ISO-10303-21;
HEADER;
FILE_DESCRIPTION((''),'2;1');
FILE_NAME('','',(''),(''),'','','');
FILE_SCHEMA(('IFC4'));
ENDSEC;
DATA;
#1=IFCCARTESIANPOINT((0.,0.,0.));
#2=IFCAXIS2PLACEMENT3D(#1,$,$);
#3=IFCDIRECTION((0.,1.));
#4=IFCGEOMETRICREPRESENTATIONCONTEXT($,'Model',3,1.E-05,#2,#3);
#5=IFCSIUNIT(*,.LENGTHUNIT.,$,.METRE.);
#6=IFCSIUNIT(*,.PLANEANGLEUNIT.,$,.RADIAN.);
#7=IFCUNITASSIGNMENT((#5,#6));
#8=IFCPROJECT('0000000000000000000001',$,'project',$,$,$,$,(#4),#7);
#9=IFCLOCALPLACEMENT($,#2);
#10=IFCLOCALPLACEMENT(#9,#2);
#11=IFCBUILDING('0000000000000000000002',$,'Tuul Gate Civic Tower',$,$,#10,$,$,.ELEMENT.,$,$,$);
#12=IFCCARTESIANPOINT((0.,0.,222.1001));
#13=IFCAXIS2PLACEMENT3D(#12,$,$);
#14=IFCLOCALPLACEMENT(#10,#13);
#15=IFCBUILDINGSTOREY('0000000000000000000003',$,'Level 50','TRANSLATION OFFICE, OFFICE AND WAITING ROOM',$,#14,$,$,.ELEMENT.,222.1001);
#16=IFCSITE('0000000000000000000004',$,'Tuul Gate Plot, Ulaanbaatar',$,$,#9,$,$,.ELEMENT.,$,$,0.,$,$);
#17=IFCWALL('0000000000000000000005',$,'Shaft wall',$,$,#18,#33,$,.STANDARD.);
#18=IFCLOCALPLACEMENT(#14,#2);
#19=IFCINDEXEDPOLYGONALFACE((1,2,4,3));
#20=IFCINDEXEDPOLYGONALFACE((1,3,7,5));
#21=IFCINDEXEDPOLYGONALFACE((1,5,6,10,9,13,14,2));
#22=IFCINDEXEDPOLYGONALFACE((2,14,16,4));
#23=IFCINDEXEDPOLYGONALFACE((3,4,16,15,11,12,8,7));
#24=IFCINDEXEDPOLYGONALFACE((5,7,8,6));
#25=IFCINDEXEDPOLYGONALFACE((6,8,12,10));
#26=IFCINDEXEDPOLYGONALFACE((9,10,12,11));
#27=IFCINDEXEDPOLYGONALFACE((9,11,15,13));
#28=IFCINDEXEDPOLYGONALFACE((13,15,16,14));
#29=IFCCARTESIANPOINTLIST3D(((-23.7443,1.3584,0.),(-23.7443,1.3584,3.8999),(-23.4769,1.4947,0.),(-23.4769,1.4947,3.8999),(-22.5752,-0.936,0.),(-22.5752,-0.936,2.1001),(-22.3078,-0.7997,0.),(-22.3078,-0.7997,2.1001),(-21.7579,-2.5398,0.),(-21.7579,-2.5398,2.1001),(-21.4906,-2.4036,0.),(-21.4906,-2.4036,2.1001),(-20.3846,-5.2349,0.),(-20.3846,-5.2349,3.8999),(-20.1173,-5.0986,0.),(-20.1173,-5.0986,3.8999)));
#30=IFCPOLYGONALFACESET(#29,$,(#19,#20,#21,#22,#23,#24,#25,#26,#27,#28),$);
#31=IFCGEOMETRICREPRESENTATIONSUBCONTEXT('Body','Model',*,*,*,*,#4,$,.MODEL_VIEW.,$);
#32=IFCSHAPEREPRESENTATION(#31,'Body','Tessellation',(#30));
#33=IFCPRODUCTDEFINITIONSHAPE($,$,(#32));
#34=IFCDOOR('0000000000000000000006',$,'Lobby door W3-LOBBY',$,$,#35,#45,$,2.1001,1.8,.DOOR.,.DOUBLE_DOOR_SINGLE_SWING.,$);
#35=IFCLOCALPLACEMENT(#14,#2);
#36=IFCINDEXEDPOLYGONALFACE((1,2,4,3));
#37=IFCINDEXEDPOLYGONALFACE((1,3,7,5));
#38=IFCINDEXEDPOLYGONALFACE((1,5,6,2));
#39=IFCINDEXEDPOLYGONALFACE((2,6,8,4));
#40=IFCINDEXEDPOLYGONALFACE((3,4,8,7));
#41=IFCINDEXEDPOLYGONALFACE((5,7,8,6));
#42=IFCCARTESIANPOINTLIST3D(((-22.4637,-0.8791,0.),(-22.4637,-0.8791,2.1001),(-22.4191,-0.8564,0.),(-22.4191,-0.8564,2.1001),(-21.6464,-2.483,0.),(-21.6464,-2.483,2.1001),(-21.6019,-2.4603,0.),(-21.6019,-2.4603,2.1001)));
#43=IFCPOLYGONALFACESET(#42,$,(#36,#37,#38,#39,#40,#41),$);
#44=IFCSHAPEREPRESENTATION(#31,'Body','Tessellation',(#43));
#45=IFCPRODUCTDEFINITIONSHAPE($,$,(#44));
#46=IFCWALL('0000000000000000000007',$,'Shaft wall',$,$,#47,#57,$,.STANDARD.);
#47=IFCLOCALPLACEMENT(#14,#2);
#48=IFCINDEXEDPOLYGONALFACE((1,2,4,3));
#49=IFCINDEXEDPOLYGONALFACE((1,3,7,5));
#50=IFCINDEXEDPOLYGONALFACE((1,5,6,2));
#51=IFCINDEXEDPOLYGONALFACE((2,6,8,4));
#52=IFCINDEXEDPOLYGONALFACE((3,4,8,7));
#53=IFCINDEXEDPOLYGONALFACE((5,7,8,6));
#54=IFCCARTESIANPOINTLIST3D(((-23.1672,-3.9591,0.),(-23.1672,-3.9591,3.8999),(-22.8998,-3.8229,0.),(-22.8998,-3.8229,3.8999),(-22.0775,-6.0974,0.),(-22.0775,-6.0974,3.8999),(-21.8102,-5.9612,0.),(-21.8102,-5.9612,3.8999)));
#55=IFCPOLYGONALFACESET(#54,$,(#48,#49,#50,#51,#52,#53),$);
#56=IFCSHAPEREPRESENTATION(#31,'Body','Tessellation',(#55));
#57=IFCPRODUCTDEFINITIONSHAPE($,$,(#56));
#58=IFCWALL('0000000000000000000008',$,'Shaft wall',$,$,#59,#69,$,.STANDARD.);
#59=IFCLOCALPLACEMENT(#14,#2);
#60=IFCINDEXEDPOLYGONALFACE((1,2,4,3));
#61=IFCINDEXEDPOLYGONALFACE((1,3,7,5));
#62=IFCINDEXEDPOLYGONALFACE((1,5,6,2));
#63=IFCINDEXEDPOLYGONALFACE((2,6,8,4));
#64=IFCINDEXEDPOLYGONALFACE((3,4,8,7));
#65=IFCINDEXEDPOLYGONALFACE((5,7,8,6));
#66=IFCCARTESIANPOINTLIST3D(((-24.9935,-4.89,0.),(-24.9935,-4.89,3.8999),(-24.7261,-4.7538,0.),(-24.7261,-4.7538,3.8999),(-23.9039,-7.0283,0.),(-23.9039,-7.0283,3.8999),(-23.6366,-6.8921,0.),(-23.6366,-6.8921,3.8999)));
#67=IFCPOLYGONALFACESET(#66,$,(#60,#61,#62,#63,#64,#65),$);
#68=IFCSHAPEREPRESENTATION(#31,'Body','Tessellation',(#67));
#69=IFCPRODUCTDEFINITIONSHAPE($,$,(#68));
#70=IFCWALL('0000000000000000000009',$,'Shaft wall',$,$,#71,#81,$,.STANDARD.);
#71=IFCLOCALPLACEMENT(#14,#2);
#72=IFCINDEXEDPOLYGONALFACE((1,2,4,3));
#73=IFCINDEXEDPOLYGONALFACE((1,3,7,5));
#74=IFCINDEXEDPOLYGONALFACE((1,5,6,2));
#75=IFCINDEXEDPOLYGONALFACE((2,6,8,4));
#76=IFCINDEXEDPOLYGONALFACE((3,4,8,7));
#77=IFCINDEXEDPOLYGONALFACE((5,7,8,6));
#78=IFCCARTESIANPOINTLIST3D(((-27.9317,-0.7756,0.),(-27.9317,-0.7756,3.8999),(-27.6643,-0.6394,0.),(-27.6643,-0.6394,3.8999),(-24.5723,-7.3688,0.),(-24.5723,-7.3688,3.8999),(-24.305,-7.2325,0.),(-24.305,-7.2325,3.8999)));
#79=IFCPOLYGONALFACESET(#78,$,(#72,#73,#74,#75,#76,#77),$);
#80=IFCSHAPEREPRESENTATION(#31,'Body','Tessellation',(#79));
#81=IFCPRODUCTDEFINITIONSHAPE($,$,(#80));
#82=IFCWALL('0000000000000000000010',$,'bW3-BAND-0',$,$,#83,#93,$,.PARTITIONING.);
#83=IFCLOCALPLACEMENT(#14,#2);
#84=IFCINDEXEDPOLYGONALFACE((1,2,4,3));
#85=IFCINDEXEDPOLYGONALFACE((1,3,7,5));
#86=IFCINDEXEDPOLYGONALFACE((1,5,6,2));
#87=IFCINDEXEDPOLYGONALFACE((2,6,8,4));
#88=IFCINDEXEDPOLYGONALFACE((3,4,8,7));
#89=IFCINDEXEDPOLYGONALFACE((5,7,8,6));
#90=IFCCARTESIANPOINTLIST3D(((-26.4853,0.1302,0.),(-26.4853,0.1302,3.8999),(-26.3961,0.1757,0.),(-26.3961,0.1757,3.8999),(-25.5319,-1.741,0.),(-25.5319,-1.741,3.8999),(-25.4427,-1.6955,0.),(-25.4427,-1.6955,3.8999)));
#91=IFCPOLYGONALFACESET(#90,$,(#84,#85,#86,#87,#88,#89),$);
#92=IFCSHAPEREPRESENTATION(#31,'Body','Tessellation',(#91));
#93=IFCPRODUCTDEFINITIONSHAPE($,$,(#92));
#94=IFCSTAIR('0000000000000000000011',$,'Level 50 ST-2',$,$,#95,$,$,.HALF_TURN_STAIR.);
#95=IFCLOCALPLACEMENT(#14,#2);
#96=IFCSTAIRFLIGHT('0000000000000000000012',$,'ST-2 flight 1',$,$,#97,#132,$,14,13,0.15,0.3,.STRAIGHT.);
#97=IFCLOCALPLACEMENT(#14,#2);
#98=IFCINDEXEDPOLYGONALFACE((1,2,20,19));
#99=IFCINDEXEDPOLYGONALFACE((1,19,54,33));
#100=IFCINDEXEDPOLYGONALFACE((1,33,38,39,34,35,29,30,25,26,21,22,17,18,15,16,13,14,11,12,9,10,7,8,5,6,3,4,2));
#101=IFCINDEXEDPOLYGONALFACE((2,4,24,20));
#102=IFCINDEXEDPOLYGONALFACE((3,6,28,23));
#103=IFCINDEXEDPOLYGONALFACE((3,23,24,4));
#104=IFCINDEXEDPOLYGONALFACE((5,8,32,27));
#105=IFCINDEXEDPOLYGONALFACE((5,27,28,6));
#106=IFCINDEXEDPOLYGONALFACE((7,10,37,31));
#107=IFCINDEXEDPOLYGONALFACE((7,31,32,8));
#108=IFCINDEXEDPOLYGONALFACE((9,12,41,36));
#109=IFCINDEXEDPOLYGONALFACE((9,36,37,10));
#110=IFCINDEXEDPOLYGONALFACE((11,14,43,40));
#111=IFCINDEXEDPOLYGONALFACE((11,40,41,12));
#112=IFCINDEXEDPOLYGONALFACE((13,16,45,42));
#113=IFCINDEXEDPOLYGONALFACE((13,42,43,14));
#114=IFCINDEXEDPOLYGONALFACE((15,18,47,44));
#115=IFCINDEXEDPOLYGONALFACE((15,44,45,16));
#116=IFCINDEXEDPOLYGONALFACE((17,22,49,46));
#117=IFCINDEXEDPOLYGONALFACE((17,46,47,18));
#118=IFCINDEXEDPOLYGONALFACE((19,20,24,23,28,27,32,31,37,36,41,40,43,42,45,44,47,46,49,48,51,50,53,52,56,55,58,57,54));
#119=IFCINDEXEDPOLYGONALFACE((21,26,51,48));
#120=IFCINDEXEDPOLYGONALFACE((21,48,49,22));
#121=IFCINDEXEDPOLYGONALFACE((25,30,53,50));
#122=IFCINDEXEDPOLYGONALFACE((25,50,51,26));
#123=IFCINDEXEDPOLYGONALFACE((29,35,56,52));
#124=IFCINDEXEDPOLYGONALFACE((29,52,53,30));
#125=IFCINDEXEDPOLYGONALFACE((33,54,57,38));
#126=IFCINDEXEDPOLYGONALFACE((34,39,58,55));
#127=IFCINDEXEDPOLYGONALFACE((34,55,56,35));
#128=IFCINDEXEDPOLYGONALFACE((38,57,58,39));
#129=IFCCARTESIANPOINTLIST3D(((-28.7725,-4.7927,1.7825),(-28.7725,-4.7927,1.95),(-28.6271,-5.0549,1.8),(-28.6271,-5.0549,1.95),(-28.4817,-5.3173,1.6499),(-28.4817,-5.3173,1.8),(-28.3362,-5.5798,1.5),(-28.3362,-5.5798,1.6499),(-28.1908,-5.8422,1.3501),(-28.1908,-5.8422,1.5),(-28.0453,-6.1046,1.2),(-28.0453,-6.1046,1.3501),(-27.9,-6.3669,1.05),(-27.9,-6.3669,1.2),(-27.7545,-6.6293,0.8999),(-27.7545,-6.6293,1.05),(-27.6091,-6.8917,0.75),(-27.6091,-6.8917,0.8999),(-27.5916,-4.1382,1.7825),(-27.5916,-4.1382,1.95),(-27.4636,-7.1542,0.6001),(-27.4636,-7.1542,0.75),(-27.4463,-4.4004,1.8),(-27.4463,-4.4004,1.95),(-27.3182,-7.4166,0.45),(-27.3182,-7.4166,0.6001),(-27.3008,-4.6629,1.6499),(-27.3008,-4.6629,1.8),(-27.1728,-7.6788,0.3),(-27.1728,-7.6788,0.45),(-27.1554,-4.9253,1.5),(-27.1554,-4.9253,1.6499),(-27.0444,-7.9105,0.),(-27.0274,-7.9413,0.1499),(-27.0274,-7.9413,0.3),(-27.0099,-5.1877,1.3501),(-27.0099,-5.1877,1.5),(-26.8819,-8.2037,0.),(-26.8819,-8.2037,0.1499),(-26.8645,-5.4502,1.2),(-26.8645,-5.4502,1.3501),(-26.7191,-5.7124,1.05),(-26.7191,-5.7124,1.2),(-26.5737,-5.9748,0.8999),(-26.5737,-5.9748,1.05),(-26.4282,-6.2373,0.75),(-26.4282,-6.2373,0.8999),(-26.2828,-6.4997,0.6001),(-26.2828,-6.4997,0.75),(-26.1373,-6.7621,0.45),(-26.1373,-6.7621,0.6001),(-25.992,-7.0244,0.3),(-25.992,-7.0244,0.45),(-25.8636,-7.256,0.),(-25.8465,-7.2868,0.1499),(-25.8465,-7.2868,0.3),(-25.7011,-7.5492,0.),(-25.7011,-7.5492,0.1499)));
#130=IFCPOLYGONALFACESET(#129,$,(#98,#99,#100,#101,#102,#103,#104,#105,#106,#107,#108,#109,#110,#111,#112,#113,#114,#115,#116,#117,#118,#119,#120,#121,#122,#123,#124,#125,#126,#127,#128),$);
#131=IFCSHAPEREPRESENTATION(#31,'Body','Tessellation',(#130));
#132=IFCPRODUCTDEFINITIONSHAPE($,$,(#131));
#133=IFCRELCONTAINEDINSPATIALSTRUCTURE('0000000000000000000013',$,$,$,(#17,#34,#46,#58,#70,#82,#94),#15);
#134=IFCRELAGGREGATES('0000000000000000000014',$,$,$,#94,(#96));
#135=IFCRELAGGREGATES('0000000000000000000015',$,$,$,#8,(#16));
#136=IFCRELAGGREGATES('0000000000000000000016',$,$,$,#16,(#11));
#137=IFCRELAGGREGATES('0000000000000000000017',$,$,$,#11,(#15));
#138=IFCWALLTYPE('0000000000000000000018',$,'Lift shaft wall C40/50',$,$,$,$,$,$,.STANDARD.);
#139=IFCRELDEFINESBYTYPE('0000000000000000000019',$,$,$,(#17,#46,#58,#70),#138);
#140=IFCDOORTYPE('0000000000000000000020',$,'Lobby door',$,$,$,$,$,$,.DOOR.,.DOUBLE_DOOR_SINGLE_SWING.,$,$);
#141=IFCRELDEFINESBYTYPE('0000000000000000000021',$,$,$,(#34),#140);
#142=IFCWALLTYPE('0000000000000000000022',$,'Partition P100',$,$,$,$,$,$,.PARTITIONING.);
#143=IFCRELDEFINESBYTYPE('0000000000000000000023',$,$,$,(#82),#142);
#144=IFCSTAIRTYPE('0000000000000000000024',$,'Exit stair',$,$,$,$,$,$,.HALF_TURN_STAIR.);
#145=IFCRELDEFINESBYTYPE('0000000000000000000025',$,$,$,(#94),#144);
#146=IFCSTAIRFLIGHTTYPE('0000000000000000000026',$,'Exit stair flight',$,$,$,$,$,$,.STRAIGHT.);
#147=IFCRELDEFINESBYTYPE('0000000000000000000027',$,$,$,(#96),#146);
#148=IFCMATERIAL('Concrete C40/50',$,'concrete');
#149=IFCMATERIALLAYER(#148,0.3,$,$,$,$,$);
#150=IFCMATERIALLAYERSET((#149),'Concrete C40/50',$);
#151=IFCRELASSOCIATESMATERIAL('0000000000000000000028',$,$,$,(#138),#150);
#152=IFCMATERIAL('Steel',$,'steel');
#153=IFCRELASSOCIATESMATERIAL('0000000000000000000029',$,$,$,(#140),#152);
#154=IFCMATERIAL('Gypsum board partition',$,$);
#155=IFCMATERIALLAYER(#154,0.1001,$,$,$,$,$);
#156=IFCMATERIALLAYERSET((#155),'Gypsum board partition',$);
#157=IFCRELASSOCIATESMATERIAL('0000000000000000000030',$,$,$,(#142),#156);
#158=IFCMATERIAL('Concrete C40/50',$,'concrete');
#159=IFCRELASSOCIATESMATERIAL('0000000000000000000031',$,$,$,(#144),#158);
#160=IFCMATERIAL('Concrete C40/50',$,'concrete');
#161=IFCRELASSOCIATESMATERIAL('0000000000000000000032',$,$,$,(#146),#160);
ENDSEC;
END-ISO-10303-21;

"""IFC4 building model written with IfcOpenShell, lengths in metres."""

from ifc_helpers import new_model, si_unit, direction, frame, frame_2d, origin, place, context, subcontext, project, spatial, polyline, rectangle, outline, extrude, material, layer, layer_set, type_object, element, fill, aggregate, save


model = new_model("IFC4")

# Units and contexts
model_context = context("Model", 3, precision=1e-05, world=origin(), true_north=direction((0.0, 1.0)))
body_context = subcontext(model_context, "Body", "Model", "MODEL_VIEW")
ifc_project = project(units=[si_unit("LENGTHUNIT", "METRE"), si_unit("PLANEANGLEUNIT", "RADIAN")], contexts=[model_context])

# Site, building, storey
site_placement = place(None, origin())
site = spatial("IfcSite", under=ifc_project, at=site_placement, Name="Tuul Gate Plot, Ulaanbaatar", CompositionType="ELEMENT", RefElevation=0.0)
building_placement = place(site_placement, origin())
building = spatial("IfcBuilding", under=site, at=building_placement, Name="Tuul Gate Civic Tower", CompositionType="ELEMENT")
storey_placement = place(building_placement, frame((0.0, 0.0, 222.1001)))
storey = spatial("IfcBuildingStorey", under=building, at=storey_placement, Name="Level 50", Description="TRANSLATION OFFICE, OFFICE AND WAITING ROOM", CompositionType="ELEMENT", Elevation=222.1001)

# Shared definitions
ifc_material_1 = material(Name="Concrete C40/50", Category="concrete")
ifc_layer_1 = layer(ifc_material_1, 0.3)
ifc_layer_set_1 = layer_set([ifc_layer_1], Name="Concrete C40/50")
wall_type_1 = type_object("IfcWallType", Name="Lift shaft wall C40/50", PredefinedType="STANDARD", material=ifc_layer_set_1)

# Wall, opening, door
wall_1_placement = place(storey_placement, frame((-20.251, -5.1667, 0.0), z_axis=(0.0, 0.0, 1.0), x_axis=(-0.45401, 0.890996, 0.0)))
wall_1 = element("IfcWall", 1, at=wall_1_placement, inside=storey, type_object=wall_type_1, Name="Shaft wall", PredefinedType="STANDARD", context=body_context, shape_type="SweptSolid", body=[
    extrude(rectangle(XDim=7.3999, YDim=0.3, at=frame_2d((3.7, 0.0))), origin(), (0.0, 0.0, 1.0), 3.8999),
])
opening_1_placement = place(wall_1_placement, frame((3.0249, 0.0, 0.0)))
opening_1 = element("IfcOpeningElement", 2, at=opening_1_placement, cuts=wall_1, PredefinedType="OPENING", context=body_context, shape_type="SweptSolid", body=[
    extrude(rectangle(XDim=1.8, YDim=2.1001, at=frame_2d((0.8999, 1.05))), frame((0.0, 0.1602, 0.0), z_axis=(0.0, -1.0, 0.0), x_axis=(1.0, 0.0, 0.0)), (0.0, 0.0, 1.0), 0.3201),
])
ifc_material_2 = material(Name="Steel", Category="steel")
door_type_1 = type_object("IfcDoorType", Name="Lobby door", OperationType="DOUBLE_DOOR_SINGLE_SWING", PredefinedType="DOOR", material=ifc_material_2)
door_1_placement = place(opening_1_placement, origin())
door_1 = element("IfcDoor", 3, at=door_1_placement, inside=storey, type_object=door_type_1, Name="Lobby door W3-LOBBY", OperationType="DOUBLE_DOOR_SINGLE_SWING", OverallHeight=2.1001, OverallWidth=1.8, PredefinedType="DOOR", context=body_context, shape_type="SweptSolid", body=[
    extrude(rectangle(XDim=1.8, YDim=2.1001, at=frame_2d((0.8999, 1.05))), frame((0.0, 0.0249, 0.0), z_axis=(0.0, -1.0, 0.0), x_axis=(1.0, 0.0, 0.0)), (0.0, 0.0, 1.0), 0.05),
])
fill(opening_1, door_1)

# Walls
for number, where, z_axis, x_axis, name in (
    (4, (-21.9438, -6.0293, 0.0), (0.0, 0.0, 1.0), (-0.454037, 0.890983, 0.0), "Shaft wall"),
    (5, (-23.7703, -6.9602, 0.0), (0.0, 0.0, 1.0), (-0.453996, 0.891004, 0.0), "Shaft wall"),
):
    element("IfcWall", number, at=place(storey_placement, frame(where, z_axis=z_axis, x_axis=x_axis)), inside=storey, type_object=wall_type_1, Name=name, PredefinedType="STANDARD", context=body_context, shape_type="SweptSolid", body=[
        extrude(rectangle(XDim=2.3999, YDim=0.3, at=frame_2d((1.2, 0.0))), origin(), (0.0, 0.0, 1.0), 3.8999),
    ])
wall_2_placement = place(storey_placement, frame((-24.4387, -7.3005, 0.0), z_axis=(0.0, 0.0, 1.0), x_axis=(-0.453984, 0.89101, 0.0)))
element("IfcWall", 6, at=wall_2_placement, inside=storey, type_object=wall_type_1, Name="Shaft wall", PredefinedType="STANDARD", context=body_context, shape_type="SweptSolid", body=[
    extrude(rectangle(XDim=7.3997, YDim=0.3, at=frame_2d((3.6997, 0.0))), origin(), (0.0, 0.0, 1.0), 3.8999),
])
ifc_material_3 = material(Name="Gypsum board partition")
ifc_layer_2 = layer(ifc_material_3, 0.1001)
ifc_layer_set_2 = layer_set([ifc_layer_2], Name="Gypsum board partition")
wall_type_2 = type_object("IfcWallType", Name="Partition P100", PredefinedType="PARTITIONING", material=ifc_layer_set_2)
wall_3_placement = place(storey_placement, frame((-25.4873, -1.7183, 0.0), z_axis=(0.0, 0.0, 1.0), x_axis=(-0.45399, 0.891007, 0.0)))
element("IfcWall", 7, at=wall_3_placement, inside=storey, type_object=wall_type_2, Name="bW3-BAND-0", PredefinedType="PARTITIONING", context=body_context, shape_type="SweptSolid", body=[
    extrude(rectangle(XDim=2.1001, YDim=0.1001, at=frame_2d((1.05, 0.0))), origin(), (0.0, 0.0, 1.0), 3.8999),
])

# Stair, stair flight
ifc_material_4 = material(Name="Concrete C40/50", Category="concrete")
stair_type = type_object("IfcStairType", Name="Exit stair", PredefinedType="HALF_TURN_STAIR", material=ifc_material_4)
stair_placement = place(storey_placement, origin())
stair = element("IfcStair", 8, at=stair_placement, inside=storey, type_object=stair_type, Name="Level 50 ST-2", PredefinedType="HALF_TURN_STAIR")
ifc_material_5 = material(Name="Concrete C40/50", Category="concrete")
stair_flight_type = type_object("IfcStairFlightType", Name="Exit stair flight", PredefinedType="STRAIGHT", material=ifc_material_5)
stair_flight_placement = place(storey_placement, frame((-26.2915, -7.8765, 0.0), z_axis=(0.0, 0.0, 1.0), x_axis=(-0.484762, 0.874646, 0.0)))
stair_flight = element("IfcStairFlight", 9, at=stair_flight_placement, type_object=stair_flight_type, Name="ST-2 flight 1", NumberOfRisers=14, NumberOfTreads=13, PredefinedType="STRAIGHT", RiserHeight=0.15, TreadLength=0.3, context=body_context, shape_type="SweptSolid", body=[
    extrude(outline(polyline([(0.0, 0.0), (0.0, 0.1499), (0.3, 0.1499), (0.3, 0.3), (0.6001, 0.3), (0.6001, 0.45), (0.8999, 0.45), (0.8999, 0.6001), (1.2, 0.6001), (1.2, 0.75), (1.5, 0.75), (1.5, 0.8999), (1.8, 0.8999), (1.8, 1.05), (2.1001, 1.05), (2.1001, 1.2), (2.3999, 1.2), (2.3999, 1.3501), (2.7, 1.3501), (2.7, 1.5), (3.0, 1.5), (3.0, 1.6499), (3.3, 1.6499), (3.3, 1.8), (3.6001, 1.8), (3.6001, 1.95), (3.8999, 1.95), (3.8999, 2.1001), (3.8999, 1.7825), (0.3352, 0.0), (0.0, 0.0)])), frame((0.0, 0.675, 0.0), z_axis=(0.0, -1.0, 0.0), x_axis=(1.0, 0.0, 0.0)), (0.0, 0.0, 1.0), 1.3501),
])
aggregate(stair, [stair_flight])

save(model, "model.ifc")
